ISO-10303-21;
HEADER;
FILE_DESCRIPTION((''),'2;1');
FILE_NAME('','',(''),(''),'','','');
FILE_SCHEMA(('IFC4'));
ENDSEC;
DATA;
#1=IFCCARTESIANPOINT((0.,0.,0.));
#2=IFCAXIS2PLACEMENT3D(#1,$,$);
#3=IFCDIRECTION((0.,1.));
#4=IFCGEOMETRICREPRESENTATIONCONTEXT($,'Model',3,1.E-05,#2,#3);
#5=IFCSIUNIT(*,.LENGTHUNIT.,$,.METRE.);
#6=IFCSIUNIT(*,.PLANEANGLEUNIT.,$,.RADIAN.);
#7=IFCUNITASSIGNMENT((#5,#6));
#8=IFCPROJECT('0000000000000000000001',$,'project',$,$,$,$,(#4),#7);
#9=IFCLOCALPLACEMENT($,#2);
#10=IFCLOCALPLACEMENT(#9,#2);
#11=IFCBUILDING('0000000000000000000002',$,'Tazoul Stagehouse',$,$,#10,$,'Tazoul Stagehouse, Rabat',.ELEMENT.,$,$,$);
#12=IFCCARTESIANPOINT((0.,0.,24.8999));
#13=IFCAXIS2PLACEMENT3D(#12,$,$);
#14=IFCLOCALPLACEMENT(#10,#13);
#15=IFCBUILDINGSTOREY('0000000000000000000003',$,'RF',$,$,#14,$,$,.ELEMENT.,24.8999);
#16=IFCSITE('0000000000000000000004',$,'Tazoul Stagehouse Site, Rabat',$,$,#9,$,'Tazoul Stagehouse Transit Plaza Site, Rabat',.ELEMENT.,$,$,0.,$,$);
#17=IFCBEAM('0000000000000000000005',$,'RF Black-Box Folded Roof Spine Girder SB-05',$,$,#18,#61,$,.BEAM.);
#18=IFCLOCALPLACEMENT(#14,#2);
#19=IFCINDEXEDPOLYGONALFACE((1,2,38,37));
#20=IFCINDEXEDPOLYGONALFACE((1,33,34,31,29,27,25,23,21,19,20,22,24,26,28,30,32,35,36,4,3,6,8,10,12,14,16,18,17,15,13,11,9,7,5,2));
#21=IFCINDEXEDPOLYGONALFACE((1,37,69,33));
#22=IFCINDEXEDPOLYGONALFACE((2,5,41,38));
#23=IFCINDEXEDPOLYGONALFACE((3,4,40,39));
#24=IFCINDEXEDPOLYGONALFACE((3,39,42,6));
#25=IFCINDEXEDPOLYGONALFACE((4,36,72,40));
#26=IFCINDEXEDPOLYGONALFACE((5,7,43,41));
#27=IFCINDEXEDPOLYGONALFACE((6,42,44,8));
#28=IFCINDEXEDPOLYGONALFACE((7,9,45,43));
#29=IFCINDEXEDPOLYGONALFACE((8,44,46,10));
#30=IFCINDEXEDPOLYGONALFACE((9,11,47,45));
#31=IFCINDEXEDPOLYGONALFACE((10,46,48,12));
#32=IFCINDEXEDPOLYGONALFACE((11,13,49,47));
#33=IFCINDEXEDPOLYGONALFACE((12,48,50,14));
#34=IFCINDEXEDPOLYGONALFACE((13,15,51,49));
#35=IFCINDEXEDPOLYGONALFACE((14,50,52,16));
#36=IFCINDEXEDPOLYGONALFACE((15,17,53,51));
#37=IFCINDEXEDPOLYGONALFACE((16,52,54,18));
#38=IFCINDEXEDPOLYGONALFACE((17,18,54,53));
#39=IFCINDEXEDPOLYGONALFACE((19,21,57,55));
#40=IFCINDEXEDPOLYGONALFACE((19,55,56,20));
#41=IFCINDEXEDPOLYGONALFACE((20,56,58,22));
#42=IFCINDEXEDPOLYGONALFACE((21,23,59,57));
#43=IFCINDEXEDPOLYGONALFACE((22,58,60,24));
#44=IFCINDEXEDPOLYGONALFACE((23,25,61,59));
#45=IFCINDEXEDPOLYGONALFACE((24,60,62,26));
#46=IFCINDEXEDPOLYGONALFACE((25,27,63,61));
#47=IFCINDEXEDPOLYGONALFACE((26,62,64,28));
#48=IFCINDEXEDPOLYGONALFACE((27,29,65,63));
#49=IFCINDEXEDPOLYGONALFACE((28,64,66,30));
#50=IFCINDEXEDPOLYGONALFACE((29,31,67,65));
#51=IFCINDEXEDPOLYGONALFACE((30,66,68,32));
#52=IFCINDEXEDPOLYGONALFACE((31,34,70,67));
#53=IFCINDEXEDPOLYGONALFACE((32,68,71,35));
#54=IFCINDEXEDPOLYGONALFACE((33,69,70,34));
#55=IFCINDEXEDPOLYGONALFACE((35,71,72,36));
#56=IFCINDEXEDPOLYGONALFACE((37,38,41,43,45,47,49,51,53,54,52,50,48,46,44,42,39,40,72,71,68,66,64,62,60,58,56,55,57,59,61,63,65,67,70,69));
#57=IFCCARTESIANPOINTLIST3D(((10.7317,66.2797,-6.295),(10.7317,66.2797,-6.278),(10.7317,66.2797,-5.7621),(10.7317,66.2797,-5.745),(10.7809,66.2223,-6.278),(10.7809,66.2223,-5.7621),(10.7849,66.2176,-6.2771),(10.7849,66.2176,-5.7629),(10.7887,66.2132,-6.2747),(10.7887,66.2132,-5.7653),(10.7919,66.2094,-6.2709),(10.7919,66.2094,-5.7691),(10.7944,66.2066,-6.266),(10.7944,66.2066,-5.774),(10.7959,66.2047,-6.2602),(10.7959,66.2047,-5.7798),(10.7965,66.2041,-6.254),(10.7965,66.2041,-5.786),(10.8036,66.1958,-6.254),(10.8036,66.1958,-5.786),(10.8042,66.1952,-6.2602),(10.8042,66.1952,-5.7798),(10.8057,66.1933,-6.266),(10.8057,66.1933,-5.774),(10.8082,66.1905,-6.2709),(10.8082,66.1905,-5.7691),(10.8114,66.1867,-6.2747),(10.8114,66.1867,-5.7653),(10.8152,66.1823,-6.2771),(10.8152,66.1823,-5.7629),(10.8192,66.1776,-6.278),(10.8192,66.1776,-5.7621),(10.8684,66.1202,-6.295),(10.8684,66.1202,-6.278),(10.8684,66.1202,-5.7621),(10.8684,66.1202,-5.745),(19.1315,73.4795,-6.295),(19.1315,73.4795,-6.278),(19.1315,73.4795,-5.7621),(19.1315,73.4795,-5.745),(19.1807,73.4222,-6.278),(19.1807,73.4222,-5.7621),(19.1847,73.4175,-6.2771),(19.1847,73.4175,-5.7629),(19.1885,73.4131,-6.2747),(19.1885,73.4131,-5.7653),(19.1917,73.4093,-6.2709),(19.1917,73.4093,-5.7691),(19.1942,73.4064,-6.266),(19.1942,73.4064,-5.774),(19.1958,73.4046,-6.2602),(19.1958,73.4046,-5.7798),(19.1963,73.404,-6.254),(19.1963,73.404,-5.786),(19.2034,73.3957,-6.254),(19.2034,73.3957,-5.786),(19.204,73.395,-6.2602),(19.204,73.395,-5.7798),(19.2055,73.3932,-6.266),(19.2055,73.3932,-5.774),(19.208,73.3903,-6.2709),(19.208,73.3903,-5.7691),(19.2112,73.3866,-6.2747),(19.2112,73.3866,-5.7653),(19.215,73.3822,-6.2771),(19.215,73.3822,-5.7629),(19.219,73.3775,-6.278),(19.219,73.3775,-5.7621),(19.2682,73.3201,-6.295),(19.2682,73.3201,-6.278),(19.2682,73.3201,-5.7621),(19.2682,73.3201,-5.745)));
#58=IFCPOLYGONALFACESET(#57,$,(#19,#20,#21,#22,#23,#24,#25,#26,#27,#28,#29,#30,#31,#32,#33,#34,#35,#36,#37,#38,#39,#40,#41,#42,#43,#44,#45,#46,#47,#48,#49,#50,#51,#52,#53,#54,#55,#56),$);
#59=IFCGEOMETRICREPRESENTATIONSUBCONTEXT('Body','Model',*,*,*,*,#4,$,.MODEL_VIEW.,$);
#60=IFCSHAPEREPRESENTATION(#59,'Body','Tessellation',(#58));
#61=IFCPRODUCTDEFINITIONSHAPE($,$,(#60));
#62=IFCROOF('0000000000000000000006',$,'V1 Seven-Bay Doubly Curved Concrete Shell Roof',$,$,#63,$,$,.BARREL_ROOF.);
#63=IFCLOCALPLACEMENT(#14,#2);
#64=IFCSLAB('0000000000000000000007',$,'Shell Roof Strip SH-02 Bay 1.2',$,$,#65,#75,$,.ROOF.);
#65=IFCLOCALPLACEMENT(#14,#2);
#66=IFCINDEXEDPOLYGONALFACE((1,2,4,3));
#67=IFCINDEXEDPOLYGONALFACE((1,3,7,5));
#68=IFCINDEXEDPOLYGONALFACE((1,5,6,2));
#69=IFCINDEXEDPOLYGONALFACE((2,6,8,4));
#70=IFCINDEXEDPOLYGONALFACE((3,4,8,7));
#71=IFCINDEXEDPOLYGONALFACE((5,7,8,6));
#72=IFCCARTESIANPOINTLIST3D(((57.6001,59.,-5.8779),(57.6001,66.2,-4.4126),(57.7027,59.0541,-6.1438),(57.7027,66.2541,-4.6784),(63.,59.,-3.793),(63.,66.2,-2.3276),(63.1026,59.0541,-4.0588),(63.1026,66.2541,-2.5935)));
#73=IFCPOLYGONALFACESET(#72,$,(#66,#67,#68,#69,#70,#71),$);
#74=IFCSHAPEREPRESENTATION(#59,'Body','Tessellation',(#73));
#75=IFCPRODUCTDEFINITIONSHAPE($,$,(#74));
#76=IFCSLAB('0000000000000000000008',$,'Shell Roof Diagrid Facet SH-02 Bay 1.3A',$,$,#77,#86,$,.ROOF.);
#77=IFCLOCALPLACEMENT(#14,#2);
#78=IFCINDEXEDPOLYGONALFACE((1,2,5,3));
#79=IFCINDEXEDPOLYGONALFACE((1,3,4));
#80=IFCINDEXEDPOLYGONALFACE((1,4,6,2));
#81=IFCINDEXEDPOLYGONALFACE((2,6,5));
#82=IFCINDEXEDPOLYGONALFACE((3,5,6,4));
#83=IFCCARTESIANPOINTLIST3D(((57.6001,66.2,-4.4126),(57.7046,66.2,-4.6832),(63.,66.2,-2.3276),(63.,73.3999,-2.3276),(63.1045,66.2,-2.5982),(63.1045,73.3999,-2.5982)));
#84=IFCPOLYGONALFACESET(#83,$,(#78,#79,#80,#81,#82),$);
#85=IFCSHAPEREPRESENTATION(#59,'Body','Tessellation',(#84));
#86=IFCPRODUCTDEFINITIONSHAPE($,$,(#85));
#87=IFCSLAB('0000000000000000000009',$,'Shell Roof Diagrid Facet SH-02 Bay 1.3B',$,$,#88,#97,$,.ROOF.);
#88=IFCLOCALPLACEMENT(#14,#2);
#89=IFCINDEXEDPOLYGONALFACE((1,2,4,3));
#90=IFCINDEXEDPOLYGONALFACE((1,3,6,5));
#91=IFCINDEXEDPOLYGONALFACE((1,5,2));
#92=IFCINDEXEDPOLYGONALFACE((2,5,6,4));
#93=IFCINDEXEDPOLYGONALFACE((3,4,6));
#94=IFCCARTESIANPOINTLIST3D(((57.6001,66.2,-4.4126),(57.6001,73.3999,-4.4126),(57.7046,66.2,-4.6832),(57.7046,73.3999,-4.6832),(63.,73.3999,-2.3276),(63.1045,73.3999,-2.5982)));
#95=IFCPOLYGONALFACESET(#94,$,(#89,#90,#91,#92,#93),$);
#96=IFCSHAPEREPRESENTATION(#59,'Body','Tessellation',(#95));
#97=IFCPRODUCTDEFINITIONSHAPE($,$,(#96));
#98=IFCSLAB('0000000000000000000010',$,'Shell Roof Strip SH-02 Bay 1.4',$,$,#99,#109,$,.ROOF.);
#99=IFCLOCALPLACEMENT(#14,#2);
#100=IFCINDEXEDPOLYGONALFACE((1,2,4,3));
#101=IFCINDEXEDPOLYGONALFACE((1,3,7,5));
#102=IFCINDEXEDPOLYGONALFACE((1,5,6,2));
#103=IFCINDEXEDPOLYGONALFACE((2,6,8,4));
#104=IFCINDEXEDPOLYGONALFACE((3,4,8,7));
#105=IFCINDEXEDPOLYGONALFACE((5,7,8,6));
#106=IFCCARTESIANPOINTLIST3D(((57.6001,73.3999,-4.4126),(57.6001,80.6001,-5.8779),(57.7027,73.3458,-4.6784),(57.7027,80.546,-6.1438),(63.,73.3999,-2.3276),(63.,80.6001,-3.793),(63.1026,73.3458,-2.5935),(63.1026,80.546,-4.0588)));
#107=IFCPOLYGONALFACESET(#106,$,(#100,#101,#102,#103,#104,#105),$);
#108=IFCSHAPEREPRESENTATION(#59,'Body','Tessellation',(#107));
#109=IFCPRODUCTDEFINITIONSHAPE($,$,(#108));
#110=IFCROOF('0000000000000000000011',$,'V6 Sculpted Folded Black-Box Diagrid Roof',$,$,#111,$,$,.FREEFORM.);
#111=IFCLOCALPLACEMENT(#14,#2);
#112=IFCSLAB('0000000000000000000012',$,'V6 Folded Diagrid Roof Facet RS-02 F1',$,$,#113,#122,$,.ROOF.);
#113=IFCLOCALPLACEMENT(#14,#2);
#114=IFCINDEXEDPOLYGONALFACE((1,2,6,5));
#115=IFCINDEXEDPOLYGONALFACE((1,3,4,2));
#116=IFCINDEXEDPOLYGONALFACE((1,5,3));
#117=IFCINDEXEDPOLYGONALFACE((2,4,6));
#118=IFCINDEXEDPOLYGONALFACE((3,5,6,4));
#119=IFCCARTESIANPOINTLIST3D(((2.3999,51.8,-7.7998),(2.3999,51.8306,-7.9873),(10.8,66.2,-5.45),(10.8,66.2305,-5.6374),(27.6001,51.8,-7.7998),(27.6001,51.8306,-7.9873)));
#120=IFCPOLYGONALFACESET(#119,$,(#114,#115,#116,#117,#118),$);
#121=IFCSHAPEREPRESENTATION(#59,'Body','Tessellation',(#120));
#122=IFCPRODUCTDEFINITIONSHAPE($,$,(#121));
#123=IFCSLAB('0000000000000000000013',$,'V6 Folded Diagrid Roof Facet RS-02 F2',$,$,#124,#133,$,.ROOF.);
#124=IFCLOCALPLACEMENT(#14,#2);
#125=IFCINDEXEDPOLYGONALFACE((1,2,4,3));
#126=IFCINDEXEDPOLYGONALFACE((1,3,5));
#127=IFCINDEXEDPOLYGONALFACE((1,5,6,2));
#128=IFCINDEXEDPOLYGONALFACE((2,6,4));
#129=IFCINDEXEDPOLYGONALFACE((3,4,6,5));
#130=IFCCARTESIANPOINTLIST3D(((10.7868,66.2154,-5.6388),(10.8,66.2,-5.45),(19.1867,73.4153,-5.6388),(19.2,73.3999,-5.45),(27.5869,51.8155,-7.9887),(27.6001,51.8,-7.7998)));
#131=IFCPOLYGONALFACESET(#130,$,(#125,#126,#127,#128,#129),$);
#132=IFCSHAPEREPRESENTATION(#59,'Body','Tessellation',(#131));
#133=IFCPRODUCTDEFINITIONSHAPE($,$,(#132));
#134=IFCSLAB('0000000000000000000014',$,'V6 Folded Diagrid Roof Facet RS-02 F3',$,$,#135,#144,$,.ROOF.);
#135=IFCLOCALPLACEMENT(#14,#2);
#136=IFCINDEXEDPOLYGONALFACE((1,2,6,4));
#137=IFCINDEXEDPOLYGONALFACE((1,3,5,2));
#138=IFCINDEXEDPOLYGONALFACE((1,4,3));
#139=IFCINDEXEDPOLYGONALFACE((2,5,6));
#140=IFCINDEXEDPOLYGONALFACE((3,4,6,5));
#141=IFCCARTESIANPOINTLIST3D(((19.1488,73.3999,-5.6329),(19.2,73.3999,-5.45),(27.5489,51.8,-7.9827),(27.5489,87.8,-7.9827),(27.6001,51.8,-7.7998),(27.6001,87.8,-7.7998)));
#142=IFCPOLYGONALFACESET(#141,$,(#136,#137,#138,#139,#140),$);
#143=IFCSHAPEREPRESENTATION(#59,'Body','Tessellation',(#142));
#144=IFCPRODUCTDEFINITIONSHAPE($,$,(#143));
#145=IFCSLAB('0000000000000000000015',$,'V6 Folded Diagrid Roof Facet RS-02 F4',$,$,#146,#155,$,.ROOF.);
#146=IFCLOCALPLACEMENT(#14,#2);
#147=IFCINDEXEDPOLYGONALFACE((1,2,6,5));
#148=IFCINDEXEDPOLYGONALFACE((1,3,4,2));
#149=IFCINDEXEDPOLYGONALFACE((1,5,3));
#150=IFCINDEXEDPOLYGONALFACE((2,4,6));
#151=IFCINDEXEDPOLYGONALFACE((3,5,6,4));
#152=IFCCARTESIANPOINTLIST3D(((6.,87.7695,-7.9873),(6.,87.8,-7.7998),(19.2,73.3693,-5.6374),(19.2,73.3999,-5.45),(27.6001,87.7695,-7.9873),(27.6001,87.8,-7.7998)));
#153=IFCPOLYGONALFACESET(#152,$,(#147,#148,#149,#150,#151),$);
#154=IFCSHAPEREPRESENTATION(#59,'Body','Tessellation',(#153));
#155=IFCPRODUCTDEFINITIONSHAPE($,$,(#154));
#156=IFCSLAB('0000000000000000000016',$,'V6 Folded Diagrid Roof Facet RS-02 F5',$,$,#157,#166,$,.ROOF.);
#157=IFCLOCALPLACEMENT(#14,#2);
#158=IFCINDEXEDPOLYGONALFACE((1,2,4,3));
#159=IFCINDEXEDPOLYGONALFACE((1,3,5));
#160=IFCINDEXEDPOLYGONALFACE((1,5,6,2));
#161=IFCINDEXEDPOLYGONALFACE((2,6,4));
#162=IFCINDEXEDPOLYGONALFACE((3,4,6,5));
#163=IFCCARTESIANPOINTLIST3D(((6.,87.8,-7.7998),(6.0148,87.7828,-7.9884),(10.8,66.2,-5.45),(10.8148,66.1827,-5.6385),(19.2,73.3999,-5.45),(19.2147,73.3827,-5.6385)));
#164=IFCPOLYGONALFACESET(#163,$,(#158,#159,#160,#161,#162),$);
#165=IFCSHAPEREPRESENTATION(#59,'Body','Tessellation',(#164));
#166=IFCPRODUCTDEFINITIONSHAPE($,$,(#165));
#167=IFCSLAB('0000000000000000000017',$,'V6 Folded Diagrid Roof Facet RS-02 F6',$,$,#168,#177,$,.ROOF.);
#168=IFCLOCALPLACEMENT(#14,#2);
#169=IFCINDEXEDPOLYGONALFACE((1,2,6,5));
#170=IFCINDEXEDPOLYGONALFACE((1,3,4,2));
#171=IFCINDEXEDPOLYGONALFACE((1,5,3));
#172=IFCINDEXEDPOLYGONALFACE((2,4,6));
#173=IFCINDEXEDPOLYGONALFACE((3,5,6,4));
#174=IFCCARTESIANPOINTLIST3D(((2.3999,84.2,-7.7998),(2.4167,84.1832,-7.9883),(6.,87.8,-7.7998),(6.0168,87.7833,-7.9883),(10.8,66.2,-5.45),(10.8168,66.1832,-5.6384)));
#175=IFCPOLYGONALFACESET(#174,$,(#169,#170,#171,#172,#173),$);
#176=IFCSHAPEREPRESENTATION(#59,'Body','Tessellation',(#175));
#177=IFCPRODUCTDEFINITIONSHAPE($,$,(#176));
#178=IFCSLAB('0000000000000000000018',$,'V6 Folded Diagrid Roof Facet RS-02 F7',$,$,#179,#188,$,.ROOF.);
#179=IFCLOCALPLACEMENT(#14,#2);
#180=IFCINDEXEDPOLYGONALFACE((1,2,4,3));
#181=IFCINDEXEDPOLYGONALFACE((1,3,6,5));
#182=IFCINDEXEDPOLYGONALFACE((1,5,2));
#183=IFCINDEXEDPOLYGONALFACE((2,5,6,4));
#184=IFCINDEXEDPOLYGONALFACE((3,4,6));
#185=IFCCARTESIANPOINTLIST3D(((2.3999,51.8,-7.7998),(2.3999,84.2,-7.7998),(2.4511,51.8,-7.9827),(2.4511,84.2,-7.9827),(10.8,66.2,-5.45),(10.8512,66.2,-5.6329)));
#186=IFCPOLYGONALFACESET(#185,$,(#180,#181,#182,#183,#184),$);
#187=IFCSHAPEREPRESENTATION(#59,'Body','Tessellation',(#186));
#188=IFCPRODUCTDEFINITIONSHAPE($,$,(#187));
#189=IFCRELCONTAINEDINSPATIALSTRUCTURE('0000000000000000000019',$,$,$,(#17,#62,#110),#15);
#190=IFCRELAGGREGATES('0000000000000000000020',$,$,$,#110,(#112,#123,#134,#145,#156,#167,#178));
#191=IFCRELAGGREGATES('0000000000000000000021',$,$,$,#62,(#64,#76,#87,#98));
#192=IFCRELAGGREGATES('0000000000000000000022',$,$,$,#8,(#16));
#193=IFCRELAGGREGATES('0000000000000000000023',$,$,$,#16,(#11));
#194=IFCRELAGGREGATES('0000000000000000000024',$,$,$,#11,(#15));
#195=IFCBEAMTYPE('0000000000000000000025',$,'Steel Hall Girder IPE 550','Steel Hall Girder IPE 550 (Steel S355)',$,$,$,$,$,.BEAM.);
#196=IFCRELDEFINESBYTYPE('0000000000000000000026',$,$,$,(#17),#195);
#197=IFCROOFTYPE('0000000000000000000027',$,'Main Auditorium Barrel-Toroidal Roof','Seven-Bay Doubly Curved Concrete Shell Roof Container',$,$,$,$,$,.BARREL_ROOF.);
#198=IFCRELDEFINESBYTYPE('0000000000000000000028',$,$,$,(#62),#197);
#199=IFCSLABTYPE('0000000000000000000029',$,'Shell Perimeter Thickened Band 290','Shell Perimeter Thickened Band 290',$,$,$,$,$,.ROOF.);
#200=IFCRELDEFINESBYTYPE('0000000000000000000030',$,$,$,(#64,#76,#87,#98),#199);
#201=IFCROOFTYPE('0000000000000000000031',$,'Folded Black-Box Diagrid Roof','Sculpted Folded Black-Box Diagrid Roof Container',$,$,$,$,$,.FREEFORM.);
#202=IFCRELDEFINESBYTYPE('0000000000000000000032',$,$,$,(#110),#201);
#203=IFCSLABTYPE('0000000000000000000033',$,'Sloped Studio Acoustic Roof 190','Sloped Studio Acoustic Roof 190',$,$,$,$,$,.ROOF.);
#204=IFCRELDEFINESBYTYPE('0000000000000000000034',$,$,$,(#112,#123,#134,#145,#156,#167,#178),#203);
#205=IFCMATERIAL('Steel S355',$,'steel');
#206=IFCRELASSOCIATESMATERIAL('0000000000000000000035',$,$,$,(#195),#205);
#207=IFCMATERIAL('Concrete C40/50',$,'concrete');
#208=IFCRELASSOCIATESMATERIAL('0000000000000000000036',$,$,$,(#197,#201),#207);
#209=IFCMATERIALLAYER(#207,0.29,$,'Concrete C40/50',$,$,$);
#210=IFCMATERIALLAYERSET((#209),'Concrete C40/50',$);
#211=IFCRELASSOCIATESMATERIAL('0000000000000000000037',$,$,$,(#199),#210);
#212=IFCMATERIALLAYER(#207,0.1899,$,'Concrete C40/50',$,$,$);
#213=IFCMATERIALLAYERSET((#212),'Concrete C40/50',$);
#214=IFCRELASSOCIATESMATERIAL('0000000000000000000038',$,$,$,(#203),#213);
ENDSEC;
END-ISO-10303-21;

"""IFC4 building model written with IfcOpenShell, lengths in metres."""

from ifc_helpers import new_model, si_unit, direction, frame, origin, origin_2d, place, context, subcontext, project, spatial, polyline, i_section, outline, extrude, material, layer, layer_set, material_profile, profile_set, type_object, element, aggregate, save


model = new_model("IFC4")

# Units and contexts
model_context = context("Model", 3, precision=1e-05, world=origin(), true_north=direction((0.0, 1.0)))
body_context = subcontext(model_context, "Body", "Model", "MODEL_VIEW")
ifc_project = project(units=[si_unit("LENGTHUNIT", "METRE"), si_unit("PLANEANGLEUNIT", "RADIAN")], contexts=[model_context])

# Site, building, storey
site_placement = place(None, origin())
site = spatial("IfcSite", under=ifc_project, at=site_placement, Name="Tazoul Stagehouse Site, Rabat", LongName="Tazoul Stagehouse Transit Plaza Site, Rabat", CompositionType="ELEMENT", RefElevation=0.0)
building_placement = place(site_placement, origin())
building = spatial("IfcBuilding", under=site, at=building_placement, Name="Tazoul Stagehouse", LongName="Tazoul Stagehouse, Rabat", CompositionType="ELEMENT")
storey_placement = place(building_placement, frame((0.0, 0.0, 24.8999)))
storey = spatial("IfcBuildingStorey", under=building, at=storey_placement, Name="RF", CompositionType="ELEMENT", Elevation=24.8999)

# Shared definitions
ifc_material_1 = material(Name="Concrete C40/50", Category="concrete")

# Shared definitions
ifc_material_2 = material(Name="Steel S355", Category="steel")

# Beam
ifc_material_profile_1 = material_profile(ifc_material_2, i_section(OverallWidth=0.21, OverallDepth=0.55, WebThickness=0.011, FlangeThickness=0.0171, FilletRadius=0.0239, at=origin_2d()), Name="IPE 550")
ifc_profile_set_1 = profile_set([ifc_material_profile_1], Name="Steel S355")
beam_type_1 = type_object("IfcBeamType", Name="Steel Hall Girder IPE 550", Description="Steel Hall Girder IPE 550 (Steel S355)", PredefinedType="BEAM", material=ifc_profile_set_1)
beam_1_placement = place(storey_placement, frame((10.8, 66.2, -6.02), z_axis=(0.759255, 0.650793, 0.0), x_axis=(-0.650793, 0.759255, 0.0)))
element("IfcBeam", 1, at=beam_1_placement, inside=storey, type_object=beam_type_1, Name="RF Black-Box Folded Roof Spine Girder SB-05", PredefinedType="BEAM", context=body_context, shape_type="SweptSolid", body=[
    extrude(i_section(OverallWidth=0.21, OverallDepth=0.55, WebThickness=0.011, FlangeThickness=0.0171, FilletRadius=0.0239, at=origin_2d()), origin(), (0.0, 0.0, 1.0), 11.0632),
])

# Roofs, slabs
roof_type_1 = type_object("IfcRoofType", Name="Main Auditorium Barrel-Toroidal Roof", Description="Seven-Bay Doubly Curved Concrete Shell Roof Container", PredefinedType="BARREL_ROOF", material=ifc_material_1)
roof_1_placement = place(storey_placement, origin())
roof_1 = element("IfcRoof", 2, at=roof_1_placement, inside=storey, type_object=roof_type_1, Name="V1 Seven-Bay Doubly Curved Concrete Shell Roof", PredefinedType="BARREL_ROOF")
ifc_layer_1 = layer(ifc_material_1, 0.29, Name="Concrete C40/50")
ifc_layer_set_1 = layer_set([ifc_layer_1], Name="Concrete C40/50")
slab_type_1 = type_object("IfcSlabType", Name="Shell Perimeter Thickened Band 290", Description="Shell Perimeter Thickened Band 290", PredefinedType="ROOF", material=ifc_layer_set_1)
slab_1_placement = place(storey_placement, frame((57.6001, 59.0, -5.8779), z_axis=(-0.353873, -0.186527, 0.916505), x_axis=(0.932877, 0.0, 0.360194)))
slab_1 = element("IfcSlab", 3, at=slab_1_placement, type_object=slab_type_1, Name="Shell Roof Strip SH-02 Bay 1.2", PredefinedType="ROOF", context=body_context, shape_type="SweptSolid", body=[
    extrude(outline(polyline([(0.0, 0.0), (5.7884, 0.0), (6.3162, 7.3286), (0.5278, 7.3286), (0.0, 0.0)])), origin(), (0.0, 0.0, -1.0), 0.29),
])
slab_2_placement = place(storey_placement, frame((57.6001, 66.2, -4.4126), z_axis=(-0.360194, 0.0, 0.932877), x_axis=(0.932877, 0.0, 0.360194)))
slab_2 = element("IfcSlab", 4, at=slab_2_placement, type_object=slab_type_1, Name="Shell Roof Diagrid Facet SH-02 Bay 1.3A", PredefinedType="ROOF", context=body_context, shape_type="SweptSolid", body=[
    extrude(outline(polyline([(0.0, 0.0), (5.7884, 0.0), (5.7884, 7.2), (0.0, 0.0)])), origin(), (0.0, 0.0, -1.0), 0.29),
])
slab_3_placement = place(storey_placement, frame((57.6001, 66.2, -4.4126), z_axis=(-0.360194, 0.0, 0.932877), x_axis=(0.584516, 0.779363, 0.225688)))
slab_3 = element("IfcSlab", 5, at=slab_3_placement, type_object=slab_type_1, Name="Shell Roof Diagrid Facet SH-02 Bay 1.3B", PredefinedType="ROOF", context=body_context, shape_type="SweptSolid", body=[
    extrude(outline(polyline([(0.0, 0.0), (9.2383, 0.0), (5.6114, 4.5113), (0.0, 0.0)])), origin(), (0.0, 0.0, -1.0), 0.29),
])
slab_4_placement = place(storey_placement, frame((57.6001, 73.3999, -4.4126), z_axis=(-0.353873, 0.186521, 0.916506), x_axis=(0.932877, 0.0, 0.360194)))
slab_4 = element("IfcSlab", 6, at=slab_4_placement, type_object=slab_type_1, Name="Shell Roof Strip SH-02 Bay 1.4", PredefinedType="ROOF", context=body_context, shape_type="SweptSolid", body=[
    extrude(outline(polyline([(0.0, 0.0), (5.7884, 0.0), (5.2606, 7.3288), (-0.5278, 7.3288), (0.0, 0.0)])), origin(), (0.0, 0.0, -1.0), 0.29),
])
roof_type_2 = type_object("IfcRoofType", Name="Folded Black-Box Diagrid Roof", Description="Sculpted Folded Black-Box Diagrid Roof Container", PredefinedType="FREEFORM", material=ifc_material_1)
roof_2_placement = place(storey_placement, origin())
roof_2 = element("IfcRoof", 7, at=roof_2_placement, inside=storey, type_object=roof_type_2, Name="V6 Sculpted Folded Black-Box Diagrid Roof", PredefinedType="FREEFORM")
ifc_layer_2 = layer(ifc_material_1, 0.1899, Name="Concrete C40/50")
ifc_layer_set_2 = layer_set([ifc_layer_2], Name="Concrete C40/50")
slab_type_2 = type_object("IfcSlabType", Name="Sloped Studio Acoustic Roof 190", Description="Sloped Studio Acoustic Roof 190", PredefinedType="ROOF", material=ifc_layer_set_2)
slab_5_placement = place(storey_placement, frame((10.8, 66.2, -5.45), z_axis=(0.0, -0.161055, 0.986945), x_axis=(-0.498948, -0.855318, -0.139575)))
slab_5 = element("IfcSlab", 8, at=slab_5_placement, type_object=slab_type_2, Name="V6 Folded Diagrid Roof Facet RS-02 F1", PredefinedType="ROOF", context=body_context, shape_type="SweptSolid", body=[
    extrude(outline(polyline([(0.0, 0.0), (16.8357, 0.0), (4.2621, 21.8393), (0.0, 0.0)])), origin(), (0.0, 0.0, -1.0), 0.1899),
])
slab_6_placement = place(storey_placement, frame((10.8, 66.2, -5.45), z_axis=(0.069536, -0.081125, 0.994275), x_axis=(0.755014, -0.647149, -0.105605)))
slab_6 = element("IfcSlab", 9, at=slab_6_placement, type_object=slab_type_2, Name="V6 Folded Diagrid Roof Facet RS-02 F2", PredefinedType="ROOF", context=body_context, shape_type="SweptSolid", body=[
    extrude(outline(polyline([(0.0, 0.0), (22.2513, 0.0), (1.6826, 10.9346), (0.0, 0.0)])), origin(), (0.0, 0.0, -1.0), 0.1899),
])
slab_7_placement = place(storey_placement, frame((19.2, 73.3999, -5.45), z_axis=(0.269397, 0.0, 0.963029), x_axis=(0.360605, -0.927248, -0.100876)))
slab_7 = element("IfcSlab", 10, at=slab_7_placement, type_object=slab_type_2, Name="V6 Folded Diagrid Roof Facet RS-02 F3", PredefinedType="ROOF", context=body_context, shape_type="SweptSolid", body=[
    extrude(outline(polyline([(0.0, 0.0), (23.2946, 0.0), (-10.0863, 13.4802), (0.0, 0.0)])), origin(), (0.0, 0.0, -1.0), 0.1899),
])
slab_8_placement = place(storey_placement, frame((19.2, 73.3999, -5.45), z_axis=(0.0, 0.161052, 0.986946), x_axis=(0.498942, 0.855322, -0.139574)))
slab_8 = element("IfcSlab", 11, at=slab_8_placement, type_object=slab_type_2, Name="V6 Folded Diagrid Roof Facet RS-02 F4", PredefinedType="ROOF", context=body_context, shape_type="SweptSolid", body=[
    extrude(outline(polyline([(0.0, 0.0), (16.8359, 0.0), (6.0587, 18.7194), (0.0, 0.0)])), origin(), (0.0, 0.0, -1.0), 0.1899),
])
slab_9_placement = place(storey_placement, frame((19.2, 73.3999, -5.45), z_axis=(-0.077767, 0.090728, 0.992835), x_axis=(-0.670883, 0.731883, -0.119431)))
slab_9 = element("IfcSlab", 12, at=slab_9_placement, type_object=slab_type_2, Name="V6 Folded Diagrid Roof Facet RS-02 F5", PredefinedType="ROOF", context=body_context, shape_type="SweptSolid", body=[
    extrude(outline(polyline([(0.0, 0.0), (19.6755, 0.0), (0.3658, 11.0573), (0.0, 0.0)])), origin(), (0.0, 0.0, -1.0), 0.1899),
])
slab_10_placement = place(storey_placement, frame((10.8, 66.2, -5.45), z_axis=(-0.088312, 0.088312, 0.99217), x_axis=(-0.215719, 0.970728, -0.105605)))
slab_10 = element("IfcSlab", 13, at=slab_10_placement, type_object=slab_type_2, Name="V6 Folded Diagrid Roof Facet RS-02 F6", PredefinedType="ROOF", context=body_context, shape_type="SweptSolid", body=[
    extrude(outline(polyline([(0.0, 0.0), (22.2514, 0.0), (19.5333, 4.305), (0.0, 0.0)])), origin(), (0.0, 0.0, -1.0), 0.1899),
])
slab_11_placement = place(storey_placement, frame((10.8, 66.2, -5.45), z_axis=(-0.269397, 0.0, 0.963029), x_axis=(-0.419963, 0.899905, -0.11748)))
slab_11 = element("IfcSlab", 14, at=slab_11_placement, type_object=slab_type_2, Name="V6 Folded Diagrid Roof Facet RS-02 F7", PredefinedType="ROOF", context=body_context, shape_type="SweptSolid", body=[
    extrude(outline(polyline([(0.0, 0.0), (20.0021, 0.0), (-9.1547, 14.1291), (0.0, 0.0)])), origin(), (0.0, 0.0, -1.0), 0.1899),
])
aggregate(roof_2, [slab_5, slab_6, slab_7, slab_8, slab_9, slab_10, slab_11])

aggregate(roof_1, [slab_1, slab_2, slab_3, slab_4])

save(model, "model.ifc")
